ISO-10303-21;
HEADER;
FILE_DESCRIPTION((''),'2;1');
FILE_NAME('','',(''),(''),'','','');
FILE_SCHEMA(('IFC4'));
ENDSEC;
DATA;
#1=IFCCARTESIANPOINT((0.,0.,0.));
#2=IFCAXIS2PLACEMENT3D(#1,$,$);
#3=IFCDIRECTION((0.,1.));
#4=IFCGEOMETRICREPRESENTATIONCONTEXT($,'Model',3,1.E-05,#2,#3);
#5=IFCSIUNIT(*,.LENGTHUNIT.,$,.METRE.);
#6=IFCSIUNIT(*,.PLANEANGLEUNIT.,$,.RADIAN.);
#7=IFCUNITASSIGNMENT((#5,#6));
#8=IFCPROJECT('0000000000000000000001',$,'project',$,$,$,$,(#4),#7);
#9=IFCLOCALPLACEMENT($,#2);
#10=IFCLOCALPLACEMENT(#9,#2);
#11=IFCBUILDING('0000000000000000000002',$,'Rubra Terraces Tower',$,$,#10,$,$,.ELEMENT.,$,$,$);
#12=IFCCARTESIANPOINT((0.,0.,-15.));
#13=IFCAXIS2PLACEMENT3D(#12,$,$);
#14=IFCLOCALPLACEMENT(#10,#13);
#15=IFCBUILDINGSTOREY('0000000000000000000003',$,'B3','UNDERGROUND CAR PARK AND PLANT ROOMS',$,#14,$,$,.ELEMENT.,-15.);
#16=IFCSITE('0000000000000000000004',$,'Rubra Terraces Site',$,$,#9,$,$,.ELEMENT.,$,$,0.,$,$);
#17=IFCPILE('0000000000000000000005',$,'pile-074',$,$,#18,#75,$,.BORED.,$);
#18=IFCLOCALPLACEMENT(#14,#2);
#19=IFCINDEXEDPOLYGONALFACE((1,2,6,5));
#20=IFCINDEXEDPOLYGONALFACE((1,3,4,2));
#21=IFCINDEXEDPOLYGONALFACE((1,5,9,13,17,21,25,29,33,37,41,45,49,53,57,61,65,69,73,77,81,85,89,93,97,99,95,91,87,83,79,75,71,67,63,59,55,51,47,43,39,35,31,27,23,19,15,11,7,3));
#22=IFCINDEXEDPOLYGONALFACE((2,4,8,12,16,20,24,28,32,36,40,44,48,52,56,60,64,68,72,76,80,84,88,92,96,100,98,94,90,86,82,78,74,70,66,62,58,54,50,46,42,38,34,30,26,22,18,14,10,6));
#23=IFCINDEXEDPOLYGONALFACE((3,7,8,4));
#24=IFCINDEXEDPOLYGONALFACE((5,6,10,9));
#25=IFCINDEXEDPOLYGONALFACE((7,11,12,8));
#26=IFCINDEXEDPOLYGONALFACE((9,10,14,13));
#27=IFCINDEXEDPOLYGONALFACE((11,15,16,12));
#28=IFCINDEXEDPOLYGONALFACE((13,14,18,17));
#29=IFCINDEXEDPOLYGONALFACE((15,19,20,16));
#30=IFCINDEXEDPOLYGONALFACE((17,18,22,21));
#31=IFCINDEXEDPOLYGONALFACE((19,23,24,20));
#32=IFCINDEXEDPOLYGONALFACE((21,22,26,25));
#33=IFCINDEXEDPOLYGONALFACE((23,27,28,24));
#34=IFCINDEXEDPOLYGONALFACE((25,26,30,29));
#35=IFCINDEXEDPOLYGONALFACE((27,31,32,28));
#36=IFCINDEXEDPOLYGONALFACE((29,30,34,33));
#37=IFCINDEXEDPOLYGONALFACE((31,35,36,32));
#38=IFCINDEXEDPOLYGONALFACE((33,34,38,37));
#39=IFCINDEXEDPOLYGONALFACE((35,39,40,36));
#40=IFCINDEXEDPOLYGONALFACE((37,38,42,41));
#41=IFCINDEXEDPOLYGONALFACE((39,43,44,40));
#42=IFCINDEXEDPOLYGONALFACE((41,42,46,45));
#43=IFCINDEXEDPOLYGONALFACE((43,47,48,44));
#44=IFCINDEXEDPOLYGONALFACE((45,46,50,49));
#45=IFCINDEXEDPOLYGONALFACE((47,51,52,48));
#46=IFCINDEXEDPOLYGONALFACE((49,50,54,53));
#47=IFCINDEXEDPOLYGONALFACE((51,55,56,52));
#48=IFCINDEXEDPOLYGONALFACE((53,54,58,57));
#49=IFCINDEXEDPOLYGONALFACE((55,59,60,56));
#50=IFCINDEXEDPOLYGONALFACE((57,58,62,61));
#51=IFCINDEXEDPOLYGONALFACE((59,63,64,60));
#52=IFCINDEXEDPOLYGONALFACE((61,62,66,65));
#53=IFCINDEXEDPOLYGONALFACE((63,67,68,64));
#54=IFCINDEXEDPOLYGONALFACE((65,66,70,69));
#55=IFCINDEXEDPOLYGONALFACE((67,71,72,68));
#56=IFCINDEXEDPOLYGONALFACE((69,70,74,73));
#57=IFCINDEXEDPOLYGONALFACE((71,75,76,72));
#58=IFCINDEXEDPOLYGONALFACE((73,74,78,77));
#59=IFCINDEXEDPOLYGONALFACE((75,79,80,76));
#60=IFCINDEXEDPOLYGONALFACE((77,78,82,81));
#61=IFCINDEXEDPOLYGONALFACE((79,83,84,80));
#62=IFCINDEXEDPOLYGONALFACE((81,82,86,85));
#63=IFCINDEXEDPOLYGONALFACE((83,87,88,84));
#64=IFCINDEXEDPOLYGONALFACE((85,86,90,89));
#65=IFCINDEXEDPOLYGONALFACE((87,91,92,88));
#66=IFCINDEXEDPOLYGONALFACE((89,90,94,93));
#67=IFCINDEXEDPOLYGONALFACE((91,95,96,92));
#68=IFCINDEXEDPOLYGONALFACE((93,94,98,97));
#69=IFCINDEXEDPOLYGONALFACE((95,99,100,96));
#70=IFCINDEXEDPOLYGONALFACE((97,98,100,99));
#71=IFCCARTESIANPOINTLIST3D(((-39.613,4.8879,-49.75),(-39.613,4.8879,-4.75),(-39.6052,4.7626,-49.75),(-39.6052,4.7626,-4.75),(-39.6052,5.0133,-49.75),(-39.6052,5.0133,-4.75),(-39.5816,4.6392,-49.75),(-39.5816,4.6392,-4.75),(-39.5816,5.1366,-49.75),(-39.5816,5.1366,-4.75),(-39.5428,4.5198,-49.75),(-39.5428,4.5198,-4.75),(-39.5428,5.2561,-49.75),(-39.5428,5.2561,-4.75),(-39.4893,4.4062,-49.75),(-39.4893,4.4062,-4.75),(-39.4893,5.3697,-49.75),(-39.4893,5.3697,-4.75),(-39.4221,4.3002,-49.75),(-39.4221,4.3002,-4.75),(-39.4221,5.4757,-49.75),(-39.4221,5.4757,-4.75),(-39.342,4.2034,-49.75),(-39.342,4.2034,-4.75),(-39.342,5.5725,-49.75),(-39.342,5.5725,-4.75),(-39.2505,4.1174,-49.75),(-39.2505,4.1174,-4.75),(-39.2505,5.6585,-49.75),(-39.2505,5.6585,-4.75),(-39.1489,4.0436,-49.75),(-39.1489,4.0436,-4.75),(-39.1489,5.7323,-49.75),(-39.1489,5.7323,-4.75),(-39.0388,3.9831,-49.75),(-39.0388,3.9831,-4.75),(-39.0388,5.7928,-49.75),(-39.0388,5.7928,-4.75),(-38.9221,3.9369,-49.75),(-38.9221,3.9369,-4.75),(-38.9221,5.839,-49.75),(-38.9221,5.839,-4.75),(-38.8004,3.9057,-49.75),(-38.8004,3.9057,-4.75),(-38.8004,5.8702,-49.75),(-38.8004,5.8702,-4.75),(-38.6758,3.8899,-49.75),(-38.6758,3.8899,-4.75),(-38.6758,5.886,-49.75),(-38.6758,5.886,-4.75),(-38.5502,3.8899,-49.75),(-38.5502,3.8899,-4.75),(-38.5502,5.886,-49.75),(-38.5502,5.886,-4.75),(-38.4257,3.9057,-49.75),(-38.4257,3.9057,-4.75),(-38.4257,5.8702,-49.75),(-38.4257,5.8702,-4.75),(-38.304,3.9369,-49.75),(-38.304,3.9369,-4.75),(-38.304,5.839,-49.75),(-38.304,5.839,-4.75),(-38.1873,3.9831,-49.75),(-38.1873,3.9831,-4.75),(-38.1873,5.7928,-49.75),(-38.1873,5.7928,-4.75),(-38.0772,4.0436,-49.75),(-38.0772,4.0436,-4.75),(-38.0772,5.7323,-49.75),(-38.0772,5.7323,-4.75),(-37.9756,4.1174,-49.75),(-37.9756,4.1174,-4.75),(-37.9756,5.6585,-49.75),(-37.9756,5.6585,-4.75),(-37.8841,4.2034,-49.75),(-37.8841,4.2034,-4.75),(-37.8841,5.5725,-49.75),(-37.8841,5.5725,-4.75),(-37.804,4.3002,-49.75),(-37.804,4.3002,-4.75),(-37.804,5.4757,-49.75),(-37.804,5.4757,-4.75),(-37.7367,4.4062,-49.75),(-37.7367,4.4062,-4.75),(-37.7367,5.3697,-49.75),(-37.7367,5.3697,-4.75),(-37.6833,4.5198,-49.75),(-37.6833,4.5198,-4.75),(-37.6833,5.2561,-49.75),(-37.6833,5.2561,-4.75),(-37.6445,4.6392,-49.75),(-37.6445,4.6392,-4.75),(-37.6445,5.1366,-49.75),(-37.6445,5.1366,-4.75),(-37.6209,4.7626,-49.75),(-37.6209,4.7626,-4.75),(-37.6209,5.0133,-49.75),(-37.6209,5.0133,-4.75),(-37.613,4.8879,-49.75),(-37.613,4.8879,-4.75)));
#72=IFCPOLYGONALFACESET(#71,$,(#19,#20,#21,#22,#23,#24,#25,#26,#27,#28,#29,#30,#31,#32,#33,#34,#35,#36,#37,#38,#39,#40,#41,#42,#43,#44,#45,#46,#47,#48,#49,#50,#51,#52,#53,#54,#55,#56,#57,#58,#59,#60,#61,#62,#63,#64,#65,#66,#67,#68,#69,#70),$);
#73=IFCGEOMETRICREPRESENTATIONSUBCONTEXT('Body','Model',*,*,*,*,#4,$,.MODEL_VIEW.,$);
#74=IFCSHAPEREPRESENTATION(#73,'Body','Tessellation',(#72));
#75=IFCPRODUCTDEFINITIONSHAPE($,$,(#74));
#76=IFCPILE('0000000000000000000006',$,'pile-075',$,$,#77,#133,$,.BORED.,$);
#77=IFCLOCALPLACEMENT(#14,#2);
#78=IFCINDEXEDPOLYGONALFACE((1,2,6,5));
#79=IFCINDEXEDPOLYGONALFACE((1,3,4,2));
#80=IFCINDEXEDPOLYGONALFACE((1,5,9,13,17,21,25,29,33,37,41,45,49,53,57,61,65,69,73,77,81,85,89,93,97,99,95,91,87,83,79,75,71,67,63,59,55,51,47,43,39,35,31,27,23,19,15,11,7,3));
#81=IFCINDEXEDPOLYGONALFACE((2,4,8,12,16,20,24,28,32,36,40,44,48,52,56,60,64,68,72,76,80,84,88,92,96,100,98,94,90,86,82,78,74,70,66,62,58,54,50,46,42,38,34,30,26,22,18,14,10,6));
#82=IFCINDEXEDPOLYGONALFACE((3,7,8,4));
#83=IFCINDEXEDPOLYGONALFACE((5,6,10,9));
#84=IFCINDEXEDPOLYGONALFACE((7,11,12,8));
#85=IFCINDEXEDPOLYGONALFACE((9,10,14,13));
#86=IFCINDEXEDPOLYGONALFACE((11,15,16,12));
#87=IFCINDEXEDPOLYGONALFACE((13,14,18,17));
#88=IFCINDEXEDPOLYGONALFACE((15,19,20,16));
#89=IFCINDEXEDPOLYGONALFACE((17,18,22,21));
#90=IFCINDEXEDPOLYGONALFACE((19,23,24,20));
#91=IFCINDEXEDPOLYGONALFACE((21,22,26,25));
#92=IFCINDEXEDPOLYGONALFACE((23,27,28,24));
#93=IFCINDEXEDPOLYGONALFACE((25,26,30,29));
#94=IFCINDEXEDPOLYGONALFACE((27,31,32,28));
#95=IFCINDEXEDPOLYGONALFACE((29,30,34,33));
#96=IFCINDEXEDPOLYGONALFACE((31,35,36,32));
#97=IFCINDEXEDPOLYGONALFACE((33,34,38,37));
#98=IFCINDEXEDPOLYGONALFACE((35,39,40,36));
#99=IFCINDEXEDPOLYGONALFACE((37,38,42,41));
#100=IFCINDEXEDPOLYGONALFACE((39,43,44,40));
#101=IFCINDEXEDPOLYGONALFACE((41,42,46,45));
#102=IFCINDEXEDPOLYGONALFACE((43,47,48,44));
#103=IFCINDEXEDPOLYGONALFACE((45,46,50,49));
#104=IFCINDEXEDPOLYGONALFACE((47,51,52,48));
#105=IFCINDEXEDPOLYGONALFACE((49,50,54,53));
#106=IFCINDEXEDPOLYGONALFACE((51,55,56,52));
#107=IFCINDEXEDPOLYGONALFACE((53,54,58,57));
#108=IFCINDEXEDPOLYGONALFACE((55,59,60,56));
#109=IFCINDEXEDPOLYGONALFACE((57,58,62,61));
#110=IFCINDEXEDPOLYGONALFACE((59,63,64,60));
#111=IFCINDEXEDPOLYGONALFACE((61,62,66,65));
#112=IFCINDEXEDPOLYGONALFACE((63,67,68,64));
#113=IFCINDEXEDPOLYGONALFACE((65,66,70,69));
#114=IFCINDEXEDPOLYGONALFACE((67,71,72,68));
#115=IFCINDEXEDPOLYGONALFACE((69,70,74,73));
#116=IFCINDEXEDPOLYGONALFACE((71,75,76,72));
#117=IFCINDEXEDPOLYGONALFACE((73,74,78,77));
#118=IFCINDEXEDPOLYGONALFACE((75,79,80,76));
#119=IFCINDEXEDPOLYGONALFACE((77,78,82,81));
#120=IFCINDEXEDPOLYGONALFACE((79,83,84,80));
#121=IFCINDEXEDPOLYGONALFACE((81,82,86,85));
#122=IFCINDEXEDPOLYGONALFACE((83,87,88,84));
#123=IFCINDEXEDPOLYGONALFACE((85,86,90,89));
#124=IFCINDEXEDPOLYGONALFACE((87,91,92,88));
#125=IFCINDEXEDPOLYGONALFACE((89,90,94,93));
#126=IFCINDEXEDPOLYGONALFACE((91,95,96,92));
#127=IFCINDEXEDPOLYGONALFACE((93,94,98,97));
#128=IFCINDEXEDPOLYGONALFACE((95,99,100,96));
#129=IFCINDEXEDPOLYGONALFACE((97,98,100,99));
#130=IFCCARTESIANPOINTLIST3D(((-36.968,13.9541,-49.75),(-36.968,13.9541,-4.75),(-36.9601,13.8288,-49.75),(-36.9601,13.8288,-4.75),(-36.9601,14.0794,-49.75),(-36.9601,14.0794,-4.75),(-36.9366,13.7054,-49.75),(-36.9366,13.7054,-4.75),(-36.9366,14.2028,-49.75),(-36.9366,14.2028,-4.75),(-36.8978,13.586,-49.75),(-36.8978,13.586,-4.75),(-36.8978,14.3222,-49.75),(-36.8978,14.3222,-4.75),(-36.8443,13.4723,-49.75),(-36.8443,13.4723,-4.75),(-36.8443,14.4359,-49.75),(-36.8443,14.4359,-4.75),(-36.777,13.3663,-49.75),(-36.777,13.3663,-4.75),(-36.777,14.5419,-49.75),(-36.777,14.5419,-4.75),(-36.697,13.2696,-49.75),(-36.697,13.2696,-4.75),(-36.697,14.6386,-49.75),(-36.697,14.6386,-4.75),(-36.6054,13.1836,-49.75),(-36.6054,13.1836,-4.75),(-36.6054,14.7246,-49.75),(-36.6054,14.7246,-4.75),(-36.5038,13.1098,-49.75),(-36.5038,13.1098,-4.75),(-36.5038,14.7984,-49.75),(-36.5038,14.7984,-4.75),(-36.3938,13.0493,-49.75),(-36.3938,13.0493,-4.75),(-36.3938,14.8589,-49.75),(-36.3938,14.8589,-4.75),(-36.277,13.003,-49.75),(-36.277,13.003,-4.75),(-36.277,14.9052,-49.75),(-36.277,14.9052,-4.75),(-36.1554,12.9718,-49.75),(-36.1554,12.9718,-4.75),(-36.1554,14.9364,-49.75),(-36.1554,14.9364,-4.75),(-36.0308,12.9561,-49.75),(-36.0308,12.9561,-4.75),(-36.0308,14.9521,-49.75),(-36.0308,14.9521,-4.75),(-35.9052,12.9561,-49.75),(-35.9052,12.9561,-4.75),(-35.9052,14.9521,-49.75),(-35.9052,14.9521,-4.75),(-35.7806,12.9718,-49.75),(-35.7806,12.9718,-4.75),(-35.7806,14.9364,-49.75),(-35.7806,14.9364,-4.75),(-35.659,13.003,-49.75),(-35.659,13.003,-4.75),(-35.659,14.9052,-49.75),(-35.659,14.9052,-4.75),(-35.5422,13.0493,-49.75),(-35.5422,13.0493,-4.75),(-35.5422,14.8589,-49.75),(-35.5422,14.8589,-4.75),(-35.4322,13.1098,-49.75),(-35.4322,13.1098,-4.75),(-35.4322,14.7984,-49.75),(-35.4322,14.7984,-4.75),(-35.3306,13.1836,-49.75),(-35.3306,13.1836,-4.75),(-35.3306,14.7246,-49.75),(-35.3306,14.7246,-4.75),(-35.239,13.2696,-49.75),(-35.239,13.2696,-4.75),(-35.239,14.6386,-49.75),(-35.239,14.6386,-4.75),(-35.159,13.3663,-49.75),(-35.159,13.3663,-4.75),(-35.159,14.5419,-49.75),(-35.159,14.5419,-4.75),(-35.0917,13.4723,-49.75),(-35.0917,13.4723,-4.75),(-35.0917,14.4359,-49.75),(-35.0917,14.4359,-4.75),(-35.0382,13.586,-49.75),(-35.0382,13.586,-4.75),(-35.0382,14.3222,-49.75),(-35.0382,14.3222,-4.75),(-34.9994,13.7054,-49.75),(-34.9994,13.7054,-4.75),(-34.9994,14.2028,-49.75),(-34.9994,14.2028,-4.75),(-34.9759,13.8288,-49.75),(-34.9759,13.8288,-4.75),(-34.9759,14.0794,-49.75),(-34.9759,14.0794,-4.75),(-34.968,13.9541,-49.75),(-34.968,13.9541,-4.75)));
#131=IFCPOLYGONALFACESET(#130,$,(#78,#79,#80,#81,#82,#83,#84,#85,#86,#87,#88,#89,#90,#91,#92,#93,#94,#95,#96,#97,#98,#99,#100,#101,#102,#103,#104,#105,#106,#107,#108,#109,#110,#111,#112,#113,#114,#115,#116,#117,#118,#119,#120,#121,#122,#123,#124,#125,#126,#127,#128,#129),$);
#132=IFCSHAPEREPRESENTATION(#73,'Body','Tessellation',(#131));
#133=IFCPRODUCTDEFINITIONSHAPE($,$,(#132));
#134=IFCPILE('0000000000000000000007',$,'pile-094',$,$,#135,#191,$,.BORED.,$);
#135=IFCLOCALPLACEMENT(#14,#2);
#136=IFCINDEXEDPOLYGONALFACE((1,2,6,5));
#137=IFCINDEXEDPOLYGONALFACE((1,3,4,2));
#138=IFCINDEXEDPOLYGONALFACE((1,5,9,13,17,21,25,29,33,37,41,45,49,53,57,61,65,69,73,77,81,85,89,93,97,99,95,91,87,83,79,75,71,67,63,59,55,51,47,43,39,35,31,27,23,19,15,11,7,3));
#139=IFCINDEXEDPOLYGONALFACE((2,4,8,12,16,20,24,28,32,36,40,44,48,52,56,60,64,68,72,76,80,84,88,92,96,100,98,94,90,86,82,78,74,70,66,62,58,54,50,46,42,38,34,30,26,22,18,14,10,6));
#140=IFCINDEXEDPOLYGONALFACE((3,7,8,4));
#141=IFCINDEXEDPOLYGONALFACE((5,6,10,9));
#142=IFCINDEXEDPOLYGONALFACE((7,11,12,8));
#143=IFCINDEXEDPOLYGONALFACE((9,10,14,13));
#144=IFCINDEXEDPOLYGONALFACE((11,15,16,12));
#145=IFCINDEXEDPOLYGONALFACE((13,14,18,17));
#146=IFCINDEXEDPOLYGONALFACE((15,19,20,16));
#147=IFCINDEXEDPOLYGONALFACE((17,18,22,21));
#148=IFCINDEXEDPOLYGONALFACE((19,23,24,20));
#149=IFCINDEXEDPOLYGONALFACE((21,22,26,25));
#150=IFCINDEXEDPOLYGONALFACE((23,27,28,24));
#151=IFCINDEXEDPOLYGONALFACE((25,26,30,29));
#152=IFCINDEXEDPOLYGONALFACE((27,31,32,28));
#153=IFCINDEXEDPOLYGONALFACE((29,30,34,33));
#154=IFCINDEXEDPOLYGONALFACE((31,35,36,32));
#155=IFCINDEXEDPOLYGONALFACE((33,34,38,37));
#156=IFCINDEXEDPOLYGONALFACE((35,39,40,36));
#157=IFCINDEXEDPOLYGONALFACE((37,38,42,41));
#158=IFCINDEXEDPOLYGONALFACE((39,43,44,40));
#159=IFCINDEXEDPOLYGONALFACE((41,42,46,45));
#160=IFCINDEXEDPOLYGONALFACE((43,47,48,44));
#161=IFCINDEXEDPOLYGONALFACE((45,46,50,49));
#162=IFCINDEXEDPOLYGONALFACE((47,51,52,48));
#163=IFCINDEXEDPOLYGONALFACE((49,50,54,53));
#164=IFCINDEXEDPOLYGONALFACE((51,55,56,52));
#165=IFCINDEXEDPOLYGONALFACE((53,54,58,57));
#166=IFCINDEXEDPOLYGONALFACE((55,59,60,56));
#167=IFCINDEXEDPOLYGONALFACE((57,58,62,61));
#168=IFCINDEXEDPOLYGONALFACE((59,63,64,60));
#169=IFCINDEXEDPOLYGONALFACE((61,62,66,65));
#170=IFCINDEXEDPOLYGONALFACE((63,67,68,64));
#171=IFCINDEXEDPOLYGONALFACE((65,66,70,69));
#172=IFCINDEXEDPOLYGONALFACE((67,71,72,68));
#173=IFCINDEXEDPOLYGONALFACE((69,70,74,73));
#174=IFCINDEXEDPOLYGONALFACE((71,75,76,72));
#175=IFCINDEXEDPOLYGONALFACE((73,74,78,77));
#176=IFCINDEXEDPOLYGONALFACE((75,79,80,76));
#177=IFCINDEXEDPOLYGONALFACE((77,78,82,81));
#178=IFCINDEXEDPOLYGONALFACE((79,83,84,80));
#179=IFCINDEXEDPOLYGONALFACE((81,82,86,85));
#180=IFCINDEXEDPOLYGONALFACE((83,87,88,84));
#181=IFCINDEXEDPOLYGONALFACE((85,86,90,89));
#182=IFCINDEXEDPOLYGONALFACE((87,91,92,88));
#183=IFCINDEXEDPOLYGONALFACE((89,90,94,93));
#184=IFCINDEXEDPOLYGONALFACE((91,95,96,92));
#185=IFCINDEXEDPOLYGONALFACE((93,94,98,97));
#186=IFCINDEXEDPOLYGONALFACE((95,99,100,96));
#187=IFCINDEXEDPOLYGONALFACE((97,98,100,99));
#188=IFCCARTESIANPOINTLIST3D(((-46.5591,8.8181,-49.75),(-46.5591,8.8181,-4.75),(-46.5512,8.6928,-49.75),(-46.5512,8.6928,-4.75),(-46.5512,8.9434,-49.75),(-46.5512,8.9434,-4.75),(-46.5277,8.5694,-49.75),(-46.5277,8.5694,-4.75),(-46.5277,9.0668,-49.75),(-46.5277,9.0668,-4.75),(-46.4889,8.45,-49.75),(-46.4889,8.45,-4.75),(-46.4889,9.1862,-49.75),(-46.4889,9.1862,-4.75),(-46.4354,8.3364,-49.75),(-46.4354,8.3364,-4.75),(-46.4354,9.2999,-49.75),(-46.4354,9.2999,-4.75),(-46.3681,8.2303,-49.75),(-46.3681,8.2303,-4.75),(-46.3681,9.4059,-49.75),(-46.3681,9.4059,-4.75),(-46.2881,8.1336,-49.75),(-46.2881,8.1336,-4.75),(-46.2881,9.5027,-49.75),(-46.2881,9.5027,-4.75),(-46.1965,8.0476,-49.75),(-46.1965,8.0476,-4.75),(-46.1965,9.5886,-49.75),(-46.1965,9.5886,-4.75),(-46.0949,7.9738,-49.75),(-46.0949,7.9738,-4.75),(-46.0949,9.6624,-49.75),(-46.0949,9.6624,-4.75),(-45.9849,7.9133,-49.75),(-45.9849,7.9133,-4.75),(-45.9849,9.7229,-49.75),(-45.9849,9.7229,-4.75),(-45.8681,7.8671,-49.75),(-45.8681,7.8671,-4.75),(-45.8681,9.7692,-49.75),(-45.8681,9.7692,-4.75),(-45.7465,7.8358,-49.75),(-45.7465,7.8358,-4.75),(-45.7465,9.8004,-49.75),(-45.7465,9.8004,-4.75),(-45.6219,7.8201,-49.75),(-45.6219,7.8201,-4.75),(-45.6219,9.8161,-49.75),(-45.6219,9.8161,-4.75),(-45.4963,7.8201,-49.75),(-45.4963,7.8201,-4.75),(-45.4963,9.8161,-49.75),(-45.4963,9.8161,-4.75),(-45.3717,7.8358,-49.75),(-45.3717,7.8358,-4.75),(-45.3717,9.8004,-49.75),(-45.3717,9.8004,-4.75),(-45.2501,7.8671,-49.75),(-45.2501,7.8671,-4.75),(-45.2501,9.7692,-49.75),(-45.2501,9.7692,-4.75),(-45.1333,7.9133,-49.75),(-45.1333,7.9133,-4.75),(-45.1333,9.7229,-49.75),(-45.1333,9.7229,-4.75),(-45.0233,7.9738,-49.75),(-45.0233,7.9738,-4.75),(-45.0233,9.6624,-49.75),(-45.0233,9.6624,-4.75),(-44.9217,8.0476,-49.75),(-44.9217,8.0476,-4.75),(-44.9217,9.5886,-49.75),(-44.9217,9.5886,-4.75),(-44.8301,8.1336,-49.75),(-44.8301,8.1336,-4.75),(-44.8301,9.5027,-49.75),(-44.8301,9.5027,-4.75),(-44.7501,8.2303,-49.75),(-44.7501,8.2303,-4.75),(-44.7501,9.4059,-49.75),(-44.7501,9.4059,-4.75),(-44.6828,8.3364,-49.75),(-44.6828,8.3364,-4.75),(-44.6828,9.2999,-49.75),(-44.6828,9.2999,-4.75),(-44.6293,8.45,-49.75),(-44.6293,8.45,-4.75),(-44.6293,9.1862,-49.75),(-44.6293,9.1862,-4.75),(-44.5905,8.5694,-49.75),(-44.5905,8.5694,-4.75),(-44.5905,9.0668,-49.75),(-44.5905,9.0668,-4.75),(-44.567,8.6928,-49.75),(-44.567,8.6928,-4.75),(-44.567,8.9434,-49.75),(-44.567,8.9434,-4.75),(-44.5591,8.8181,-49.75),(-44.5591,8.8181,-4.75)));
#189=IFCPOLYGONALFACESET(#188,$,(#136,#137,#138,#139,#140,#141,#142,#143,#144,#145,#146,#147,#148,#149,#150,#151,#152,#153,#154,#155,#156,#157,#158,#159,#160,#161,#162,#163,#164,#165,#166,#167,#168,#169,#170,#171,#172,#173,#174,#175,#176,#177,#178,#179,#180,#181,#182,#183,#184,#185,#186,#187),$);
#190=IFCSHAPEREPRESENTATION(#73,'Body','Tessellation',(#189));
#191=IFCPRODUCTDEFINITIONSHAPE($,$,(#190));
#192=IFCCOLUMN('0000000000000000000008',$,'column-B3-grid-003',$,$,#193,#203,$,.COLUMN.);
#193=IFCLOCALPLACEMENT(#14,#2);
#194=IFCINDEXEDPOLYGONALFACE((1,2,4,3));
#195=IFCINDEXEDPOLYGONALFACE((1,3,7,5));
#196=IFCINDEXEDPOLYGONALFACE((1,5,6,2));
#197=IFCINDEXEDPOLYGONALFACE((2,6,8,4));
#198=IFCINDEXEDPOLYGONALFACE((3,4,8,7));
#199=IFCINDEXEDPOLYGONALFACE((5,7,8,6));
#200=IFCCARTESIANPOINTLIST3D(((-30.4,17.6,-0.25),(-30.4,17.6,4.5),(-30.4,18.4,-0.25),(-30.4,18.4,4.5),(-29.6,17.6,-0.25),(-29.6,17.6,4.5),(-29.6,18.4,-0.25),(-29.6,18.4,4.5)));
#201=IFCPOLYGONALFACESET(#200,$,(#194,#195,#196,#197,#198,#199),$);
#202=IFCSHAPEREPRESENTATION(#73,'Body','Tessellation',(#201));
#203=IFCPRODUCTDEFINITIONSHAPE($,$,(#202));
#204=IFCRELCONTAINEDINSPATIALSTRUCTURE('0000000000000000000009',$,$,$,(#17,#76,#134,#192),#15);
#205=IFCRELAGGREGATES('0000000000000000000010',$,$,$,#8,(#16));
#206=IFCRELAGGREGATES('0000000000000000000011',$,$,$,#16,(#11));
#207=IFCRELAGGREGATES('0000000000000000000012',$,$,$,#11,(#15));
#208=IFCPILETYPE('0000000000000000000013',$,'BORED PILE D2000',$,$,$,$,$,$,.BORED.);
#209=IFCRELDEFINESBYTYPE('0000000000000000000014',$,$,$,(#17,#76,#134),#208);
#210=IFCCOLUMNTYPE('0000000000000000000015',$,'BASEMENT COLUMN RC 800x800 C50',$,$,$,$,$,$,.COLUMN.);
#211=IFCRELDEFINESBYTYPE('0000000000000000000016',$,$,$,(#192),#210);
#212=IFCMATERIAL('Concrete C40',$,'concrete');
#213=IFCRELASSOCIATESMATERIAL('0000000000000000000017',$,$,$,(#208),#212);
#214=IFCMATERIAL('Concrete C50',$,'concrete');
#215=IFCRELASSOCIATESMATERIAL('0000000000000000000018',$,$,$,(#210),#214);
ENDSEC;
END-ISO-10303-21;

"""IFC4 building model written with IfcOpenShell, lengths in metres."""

from ifc_helpers import new_model, si_unit, direction, frame, origin, origin_2d, place, context, subcontext, project, spatial, rectangle, circle, extrude, material, material_profile, profile_set, type_object, element, save


model = new_model("IFC4")

# Units and contexts
model_context = context("Model", 3, precision=1e-05, world=origin(), true_north=direction((0.0, 1.0)))
body_context = subcontext(model_context, "Body", "Model", "MODEL_VIEW")
ifc_project = project(units=[si_unit("LENGTHUNIT", "METRE"), si_unit("PLANEANGLEUNIT", "RADIAN")], contexts=[model_context])

# Site, building, storey
site_placement = place(None, origin())
site = spatial("IfcSite", under=ifc_project, at=site_placement, Name="Rubra Terraces Site", CompositionType="ELEMENT", RefElevation=0.0)
building_placement = place(site_placement, origin())
building = spatial("IfcBuilding", under=site, at=building_placement, Name="Rubra Terraces Tower", CompositionType="ELEMENT")
storey_placement = place(building_placement, frame((0.0, 0.0, -15.0)))
storey = spatial("IfcBuildingStorey", under=building, at=storey_placement, Name="B3", Description="UNDERGROUND CAR PARK AND PLANT ROOMS", CompositionType="ELEMENT", Elevation=-15.0)

# Piles
ifc_material_1 = material(Name="Concrete C40", Category="concrete")
ifc_material_profile_1 = material_profile(ifc_material_1, circle(Radius=1.0, at=origin_2d()), Name="BORED PILE D2000")
ifc_profile_set_1 = profile_set([ifc_material_profile_1], Name="Concrete C40")
pile_type = type_object("IfcPileType", Name="BORED PILE D2000", PredefinedType="BORED", material=ifc_profile_set_1)
for number, where, z_axis, x_axis, name in (
    (1, (-38.613, 4.8879, -4.75), (0.0, 0.0, -1.0), (1.0, 0.0, 0.0), "pile-074"),
    (2, (-35.968, 13.9541, -4.75), (0.0, 0.0, -1.0), (1.0, 0.0, 0.0), "pile-075"),
    (3, (-45.5591, 8.8181, -4.75), (0.0, 0.0, -1.0), (1.0, 0.0, 0.0), "pile-094"),
):
    element("IfcPile", number, at=place(storey_placement, frame(where, z_axis=z_axis, x_axis=x_axis)), inside=storey, type_object=pile_type, Name=name, PredefinedType="BORED", context=body_context, shape_type="SweptSolid", body=[
        extrude(circle(Radius=1.0, at=origin_2d()), origin(), (0.0, 0.0, 1.0), 45.0),
    ])

# Column
ifc_material_2 = material(Name="Concrete C50", Category="concrete")
ifc_material_profile_2 = material_profile(ifc_material_2, rectangle(XDim=0.8, YDim=0.8, at=origin_2d()), Name="RC 800x800")
ifc_profile_set_2 = profile_set([ifc_material_profile_2], Name="Concrete C50")
column_type_1 = type_object("IfcColumnType", Name="BASEMENT COLUMN RC 800x800 C50", PredefinedType="COLUMN", material=ifc_profile_set_2)
column_1_placement = place(storey_placement, frame((-30.0, 18.0, -0.25), z_axis=(0.0, 0.0, 1.0), x_axis=(1.0, 0.0, 0.0)))
element("IfcColumn", 4, at=column_1_placement, inside=storey, type_object=column_type_1, Name="column-B3-grid-003", PredefinedType="COLUMN", context=body_context, shape_type="SweptSolid", body=[
    extrude(rectangle(XDim=0.8, YDim=0.8, at=origin_2d()), origin(), (0.0, 0.0, 1.0), 4.75),
])

save(model, "model.ifc")
